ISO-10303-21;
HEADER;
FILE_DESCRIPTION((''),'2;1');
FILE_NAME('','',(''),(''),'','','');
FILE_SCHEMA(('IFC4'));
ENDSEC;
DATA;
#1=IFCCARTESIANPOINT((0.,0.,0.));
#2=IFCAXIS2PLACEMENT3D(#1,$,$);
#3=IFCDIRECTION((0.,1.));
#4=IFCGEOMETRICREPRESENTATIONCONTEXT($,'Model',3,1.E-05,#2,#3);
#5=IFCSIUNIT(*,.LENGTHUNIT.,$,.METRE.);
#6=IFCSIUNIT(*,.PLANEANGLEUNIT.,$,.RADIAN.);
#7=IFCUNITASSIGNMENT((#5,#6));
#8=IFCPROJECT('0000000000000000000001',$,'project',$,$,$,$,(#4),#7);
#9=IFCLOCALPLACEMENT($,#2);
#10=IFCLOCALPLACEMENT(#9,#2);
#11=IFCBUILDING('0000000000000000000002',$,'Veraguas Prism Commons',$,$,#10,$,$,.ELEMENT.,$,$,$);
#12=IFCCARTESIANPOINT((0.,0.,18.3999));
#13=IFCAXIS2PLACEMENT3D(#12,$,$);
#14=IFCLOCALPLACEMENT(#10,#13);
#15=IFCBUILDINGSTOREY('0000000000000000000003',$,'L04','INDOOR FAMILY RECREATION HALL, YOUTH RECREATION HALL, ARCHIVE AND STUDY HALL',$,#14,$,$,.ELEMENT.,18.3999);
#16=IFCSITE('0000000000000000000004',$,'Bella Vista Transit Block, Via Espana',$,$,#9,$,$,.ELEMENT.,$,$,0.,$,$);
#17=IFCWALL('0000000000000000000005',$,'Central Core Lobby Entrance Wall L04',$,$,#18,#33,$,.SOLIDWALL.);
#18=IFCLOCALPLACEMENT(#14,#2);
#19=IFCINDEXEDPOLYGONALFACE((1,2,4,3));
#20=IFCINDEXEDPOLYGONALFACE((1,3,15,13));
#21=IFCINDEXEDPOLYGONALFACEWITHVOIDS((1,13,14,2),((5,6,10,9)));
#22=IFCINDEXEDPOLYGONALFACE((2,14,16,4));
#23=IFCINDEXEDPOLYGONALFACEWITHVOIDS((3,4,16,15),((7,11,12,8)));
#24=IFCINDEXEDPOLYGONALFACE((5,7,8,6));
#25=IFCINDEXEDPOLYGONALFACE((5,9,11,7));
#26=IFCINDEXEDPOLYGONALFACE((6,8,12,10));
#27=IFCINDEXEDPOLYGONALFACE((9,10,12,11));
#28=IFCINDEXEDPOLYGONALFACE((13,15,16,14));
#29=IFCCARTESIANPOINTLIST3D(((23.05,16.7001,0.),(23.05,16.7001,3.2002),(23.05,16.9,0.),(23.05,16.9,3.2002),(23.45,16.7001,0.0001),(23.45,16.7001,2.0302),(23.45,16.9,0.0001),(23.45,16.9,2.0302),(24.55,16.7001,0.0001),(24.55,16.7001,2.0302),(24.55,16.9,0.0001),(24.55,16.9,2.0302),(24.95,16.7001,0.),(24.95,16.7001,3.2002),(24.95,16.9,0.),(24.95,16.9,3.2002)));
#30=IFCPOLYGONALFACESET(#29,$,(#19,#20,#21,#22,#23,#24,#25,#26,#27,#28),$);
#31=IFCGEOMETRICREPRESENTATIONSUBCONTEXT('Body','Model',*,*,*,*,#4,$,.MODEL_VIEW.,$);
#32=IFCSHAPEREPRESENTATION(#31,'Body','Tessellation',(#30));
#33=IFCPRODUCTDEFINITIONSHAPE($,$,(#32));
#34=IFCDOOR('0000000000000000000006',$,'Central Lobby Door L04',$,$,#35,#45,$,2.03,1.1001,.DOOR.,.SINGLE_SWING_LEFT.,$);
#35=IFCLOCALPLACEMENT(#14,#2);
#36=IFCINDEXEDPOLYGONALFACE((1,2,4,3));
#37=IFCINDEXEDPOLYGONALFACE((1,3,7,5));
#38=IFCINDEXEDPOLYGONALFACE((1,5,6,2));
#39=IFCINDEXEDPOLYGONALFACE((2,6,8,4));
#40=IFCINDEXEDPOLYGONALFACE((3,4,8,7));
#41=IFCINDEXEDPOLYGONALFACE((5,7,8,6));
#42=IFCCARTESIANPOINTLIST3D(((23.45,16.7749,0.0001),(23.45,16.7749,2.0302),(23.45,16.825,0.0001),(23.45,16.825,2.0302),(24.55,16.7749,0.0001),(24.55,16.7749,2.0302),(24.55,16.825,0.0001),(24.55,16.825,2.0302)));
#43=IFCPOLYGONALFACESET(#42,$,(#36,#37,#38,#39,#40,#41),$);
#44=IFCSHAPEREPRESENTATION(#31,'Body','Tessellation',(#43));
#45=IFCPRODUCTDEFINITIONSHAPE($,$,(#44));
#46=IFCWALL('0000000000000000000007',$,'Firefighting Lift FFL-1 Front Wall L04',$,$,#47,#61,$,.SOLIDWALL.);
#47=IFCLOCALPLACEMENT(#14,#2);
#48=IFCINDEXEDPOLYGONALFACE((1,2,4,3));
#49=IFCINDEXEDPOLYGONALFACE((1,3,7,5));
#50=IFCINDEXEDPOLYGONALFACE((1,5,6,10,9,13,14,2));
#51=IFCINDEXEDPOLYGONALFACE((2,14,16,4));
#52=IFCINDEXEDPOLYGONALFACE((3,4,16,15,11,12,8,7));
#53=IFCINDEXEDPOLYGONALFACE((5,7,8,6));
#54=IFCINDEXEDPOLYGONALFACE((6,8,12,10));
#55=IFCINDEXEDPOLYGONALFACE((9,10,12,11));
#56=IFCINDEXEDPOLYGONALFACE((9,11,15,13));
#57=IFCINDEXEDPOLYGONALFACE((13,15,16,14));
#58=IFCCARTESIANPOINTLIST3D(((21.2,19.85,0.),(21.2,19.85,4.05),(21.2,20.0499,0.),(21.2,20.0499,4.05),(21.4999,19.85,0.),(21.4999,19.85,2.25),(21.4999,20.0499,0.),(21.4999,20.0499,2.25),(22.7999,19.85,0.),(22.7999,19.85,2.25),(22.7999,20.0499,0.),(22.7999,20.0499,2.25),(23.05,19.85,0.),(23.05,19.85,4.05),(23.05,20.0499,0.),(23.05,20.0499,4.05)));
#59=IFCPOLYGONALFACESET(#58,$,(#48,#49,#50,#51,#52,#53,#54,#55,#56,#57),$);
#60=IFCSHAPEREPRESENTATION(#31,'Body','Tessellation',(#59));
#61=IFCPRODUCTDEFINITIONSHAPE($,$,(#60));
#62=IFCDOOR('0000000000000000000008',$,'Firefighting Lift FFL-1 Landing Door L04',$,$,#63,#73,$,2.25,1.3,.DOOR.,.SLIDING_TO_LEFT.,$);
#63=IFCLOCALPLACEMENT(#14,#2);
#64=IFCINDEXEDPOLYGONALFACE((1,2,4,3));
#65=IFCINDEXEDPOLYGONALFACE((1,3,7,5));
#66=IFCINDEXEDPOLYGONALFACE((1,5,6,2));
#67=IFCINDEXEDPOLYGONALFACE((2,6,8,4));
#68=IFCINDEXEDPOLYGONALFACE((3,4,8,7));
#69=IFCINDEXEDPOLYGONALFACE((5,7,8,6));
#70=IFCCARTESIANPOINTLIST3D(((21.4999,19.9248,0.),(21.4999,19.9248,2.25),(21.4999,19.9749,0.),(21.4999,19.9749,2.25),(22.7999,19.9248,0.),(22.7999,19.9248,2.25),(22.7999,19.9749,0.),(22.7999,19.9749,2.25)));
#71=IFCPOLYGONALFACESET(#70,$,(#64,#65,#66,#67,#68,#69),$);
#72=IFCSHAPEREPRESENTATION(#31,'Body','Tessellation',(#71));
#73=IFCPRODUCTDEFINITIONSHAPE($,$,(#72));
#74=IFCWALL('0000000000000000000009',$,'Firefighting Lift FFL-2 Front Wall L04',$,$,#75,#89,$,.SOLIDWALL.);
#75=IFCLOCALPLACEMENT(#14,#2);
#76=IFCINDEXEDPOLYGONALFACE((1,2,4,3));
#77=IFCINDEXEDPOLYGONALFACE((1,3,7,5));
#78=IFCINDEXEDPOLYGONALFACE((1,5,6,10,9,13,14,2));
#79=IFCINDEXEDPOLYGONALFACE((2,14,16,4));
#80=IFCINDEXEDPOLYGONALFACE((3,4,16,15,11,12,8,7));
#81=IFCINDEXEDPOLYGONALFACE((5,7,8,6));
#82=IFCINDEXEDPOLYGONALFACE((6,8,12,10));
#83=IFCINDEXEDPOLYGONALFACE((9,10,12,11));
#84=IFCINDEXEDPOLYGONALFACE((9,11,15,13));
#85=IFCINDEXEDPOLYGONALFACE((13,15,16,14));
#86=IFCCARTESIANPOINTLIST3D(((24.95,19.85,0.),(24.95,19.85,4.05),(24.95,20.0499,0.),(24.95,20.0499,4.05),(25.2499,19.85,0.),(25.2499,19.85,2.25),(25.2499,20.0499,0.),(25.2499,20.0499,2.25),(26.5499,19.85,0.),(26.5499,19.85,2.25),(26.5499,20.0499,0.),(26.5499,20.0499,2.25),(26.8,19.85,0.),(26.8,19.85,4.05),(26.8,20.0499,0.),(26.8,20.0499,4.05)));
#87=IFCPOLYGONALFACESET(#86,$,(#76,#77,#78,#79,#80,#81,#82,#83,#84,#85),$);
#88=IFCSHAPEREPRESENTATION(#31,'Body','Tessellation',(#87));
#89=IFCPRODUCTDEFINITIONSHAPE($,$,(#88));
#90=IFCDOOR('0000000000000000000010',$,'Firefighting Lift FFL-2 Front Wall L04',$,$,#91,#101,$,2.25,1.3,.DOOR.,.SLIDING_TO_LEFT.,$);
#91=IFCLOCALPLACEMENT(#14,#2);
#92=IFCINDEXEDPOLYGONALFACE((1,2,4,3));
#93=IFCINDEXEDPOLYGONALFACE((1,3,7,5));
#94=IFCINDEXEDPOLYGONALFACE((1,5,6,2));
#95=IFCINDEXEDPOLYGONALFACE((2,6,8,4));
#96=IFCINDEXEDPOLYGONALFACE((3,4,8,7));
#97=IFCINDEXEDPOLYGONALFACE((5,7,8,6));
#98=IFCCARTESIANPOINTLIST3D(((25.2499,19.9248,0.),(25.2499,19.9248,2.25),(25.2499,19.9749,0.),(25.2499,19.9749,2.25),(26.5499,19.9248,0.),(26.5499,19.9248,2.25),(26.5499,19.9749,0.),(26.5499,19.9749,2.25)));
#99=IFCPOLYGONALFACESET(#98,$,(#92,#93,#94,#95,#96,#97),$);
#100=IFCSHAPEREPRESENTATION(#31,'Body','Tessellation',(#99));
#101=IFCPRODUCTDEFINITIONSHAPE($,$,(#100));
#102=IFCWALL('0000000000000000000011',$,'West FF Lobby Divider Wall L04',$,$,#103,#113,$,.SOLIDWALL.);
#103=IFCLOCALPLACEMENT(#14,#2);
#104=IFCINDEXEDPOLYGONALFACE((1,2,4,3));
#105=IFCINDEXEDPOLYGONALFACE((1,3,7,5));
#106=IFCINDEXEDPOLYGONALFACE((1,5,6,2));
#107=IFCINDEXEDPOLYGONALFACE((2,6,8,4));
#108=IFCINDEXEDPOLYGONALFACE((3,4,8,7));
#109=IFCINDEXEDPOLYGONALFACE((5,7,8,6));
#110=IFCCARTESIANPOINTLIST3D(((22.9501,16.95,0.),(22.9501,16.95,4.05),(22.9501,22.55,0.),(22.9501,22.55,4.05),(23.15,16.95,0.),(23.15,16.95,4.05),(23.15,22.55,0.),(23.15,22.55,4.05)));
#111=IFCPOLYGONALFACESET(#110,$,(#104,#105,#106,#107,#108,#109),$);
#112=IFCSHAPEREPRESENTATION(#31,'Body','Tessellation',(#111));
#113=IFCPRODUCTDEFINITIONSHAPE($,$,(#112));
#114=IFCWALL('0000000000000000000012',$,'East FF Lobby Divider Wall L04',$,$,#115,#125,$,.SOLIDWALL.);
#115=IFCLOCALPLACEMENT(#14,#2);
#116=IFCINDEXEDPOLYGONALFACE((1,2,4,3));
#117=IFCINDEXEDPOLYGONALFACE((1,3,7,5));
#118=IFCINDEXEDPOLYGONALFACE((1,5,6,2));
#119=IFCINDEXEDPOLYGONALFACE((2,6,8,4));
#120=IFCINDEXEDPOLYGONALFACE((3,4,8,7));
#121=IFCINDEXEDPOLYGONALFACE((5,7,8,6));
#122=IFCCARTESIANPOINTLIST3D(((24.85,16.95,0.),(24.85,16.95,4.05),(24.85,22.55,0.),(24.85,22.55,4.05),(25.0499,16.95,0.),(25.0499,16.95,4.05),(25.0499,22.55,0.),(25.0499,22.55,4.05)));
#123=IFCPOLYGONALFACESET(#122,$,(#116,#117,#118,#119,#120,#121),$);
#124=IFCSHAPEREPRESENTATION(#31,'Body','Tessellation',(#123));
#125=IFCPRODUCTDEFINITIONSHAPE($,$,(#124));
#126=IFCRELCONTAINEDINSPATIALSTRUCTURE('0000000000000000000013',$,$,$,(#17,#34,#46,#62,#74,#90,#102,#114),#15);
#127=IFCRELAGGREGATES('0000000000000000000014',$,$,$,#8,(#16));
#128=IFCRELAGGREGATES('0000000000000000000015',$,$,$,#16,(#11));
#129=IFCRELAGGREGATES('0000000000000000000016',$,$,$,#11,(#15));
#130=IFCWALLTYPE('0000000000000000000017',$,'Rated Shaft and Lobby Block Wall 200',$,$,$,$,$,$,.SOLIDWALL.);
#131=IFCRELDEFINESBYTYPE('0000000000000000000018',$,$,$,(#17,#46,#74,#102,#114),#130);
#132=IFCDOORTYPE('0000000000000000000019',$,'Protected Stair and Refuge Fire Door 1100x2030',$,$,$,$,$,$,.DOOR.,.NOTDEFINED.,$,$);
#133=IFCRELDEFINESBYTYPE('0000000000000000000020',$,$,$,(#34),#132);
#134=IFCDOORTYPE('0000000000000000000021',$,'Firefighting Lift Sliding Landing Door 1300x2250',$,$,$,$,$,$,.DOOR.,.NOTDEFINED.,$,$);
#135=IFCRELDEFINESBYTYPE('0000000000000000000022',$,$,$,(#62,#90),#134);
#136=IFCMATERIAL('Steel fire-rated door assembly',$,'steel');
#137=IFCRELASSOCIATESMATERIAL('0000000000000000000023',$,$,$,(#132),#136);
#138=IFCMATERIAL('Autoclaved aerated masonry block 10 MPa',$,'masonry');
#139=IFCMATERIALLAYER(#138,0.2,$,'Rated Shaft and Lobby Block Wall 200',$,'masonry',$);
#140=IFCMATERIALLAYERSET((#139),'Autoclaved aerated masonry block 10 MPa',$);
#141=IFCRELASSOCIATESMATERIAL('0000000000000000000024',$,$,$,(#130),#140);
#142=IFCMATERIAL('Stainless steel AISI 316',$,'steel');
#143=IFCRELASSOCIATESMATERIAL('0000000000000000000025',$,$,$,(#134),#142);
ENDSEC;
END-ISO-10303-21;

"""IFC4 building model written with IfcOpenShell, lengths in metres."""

from ifc_helpers import new_model, si_unit, direction, frame, frame_2d, origin, place, context, subcontext, project, spatial, rectangle, extrude, source, transform, mapped, material, layer, layer_set, type_object, element, fill, save


model = new_model("IFC4")

# Units and contexts
model_context = context("Model", 3, precision=1e-05, world=origin(), true_north=direction((0.0, 1.0)))
body_context = subcontext(model_context, "Body", "Model", "MODEL_VIEW")
ifc_project = project(units=[si_unit("LENGTHUNIT", "METRE"), si_unit("PLANEANGLEUNIT", "RADIAN")], contexts=[model_context])

# Site, building, storey
site_placement = place(None, origin())
site = spatial("IfcSite", under=ifc_project, at=site_placement, Name="Bella Vista Transit Block, Via Espana", CompositionType="ELEMENT", RefElevation=0.0)
building_placement = place(site_placement, origin())
building = spatial("IfcBuilding", under=site, at=building_placement, Name="Veraguas Prism Commons", CompositionType="ELEMENT")
storey_placement = place(building_placement, frame((0.0, 0.0, 18.3999)))
storey = spatial("IfcBuildingStorey", under=building, at=storey_placement, Name="L04", Description="INDOOR FAMILY RECREATION HALL, YOUTH RECREATION HALL, ARCHIVE AND STUDY HALL", CompositionType="ELEMENT", Elevation=18.3999)

# Shared definitions
ifc_material_1 = material(Name="Steel fire-rated door assembly", Category="steel")
door_type_1 = type_object("IfcDoorType", Name="Protected Stair and Refuge Fire Door 1100x2030", OperationType="NOTDEFINED", PredefinedType="DOOR", material=ifc_material_1)
shared_shape_1 = source(origin(), body_context, "Body", "SweptSolid", [
    extrude(rectangle(XDim=1.1001, YDim=2.03, at=frame_2d((0.55, 1.0151))), frame((0.0, 0.0249, 0.0), z_axis=(0.0, -1.0, 0.0), x_axis=(1.0, 0.0, 0.0)), (0.0, 0.0, 1.0), 0.05),
])

# Walls, openings, doors
ifc_material_2 = material(Name="Autoclaved aerated masonry block 10 MPa", Category="masonry")
ifc_layer_1 = layer(ifc_material_2, 0.2, Name="Rated Shaft and Lobby Block Wall 200", Category="masonry")
ifc_layer_set_1 = layer_set([ifc_layer_1], Name="Autoclaved aerated masonry block 10 MPa")
wall_type_1 = type_object("IfcWallType", Name="Rated Shaft and Lobby Block Wall 200", PredefinedType="SOLIDWALL", material=ifc_layer_set_1)
wall_1_placement = place(storey_placement, frame((23.05, 16.8, 0.0), z_axis=(0.0, 0.0, 1.0), x_axis=(1.0, 0.0, 0.0)))
wall_1 = element("IfcWall", 1, at=wall_1_placement, inside=storey, type_object=wall_type_1, Name="Central Core Lobby Entrance Wall L04", PredefinedType="SOLIDWALL", context=body_context, shape_type="SweptSolid", body=[
    extrude(rectangle(XDim=1.8999, YDim=0.2, at=frame_2d((0.95, 0.0))), origin(), (0.0, 0.0, 1.0), 3.2002),
])
opening_1_placement = place(wall_1_placement, frame((0.3999, 0.0, 0.0)))
opening_1 = element("IfcOpeningElement", 2, at=opening_1_placement, cuts=wall_1, PredefinedType="OPENING", context=body_context, shape_type="SweptSolid", body=[
    extrude(rectangle(XDim=1.1001, YDim=2.03, at=frame_2d((0.55, 1.0151))), frame((0.0, 0.1099, 0.0), z_axis=(0.0, -1.0, 0.0), x_axis=(1.0, 0.0, 0.0)), (0.0, 0.0, 1.0), 0.22),
])
door_1_placement = place(opening_1_placement, origin())
door_1 = element("IfcDoor", 3, at=door_1_placement, inside=storey, type_object=door_type_1, Name="Central Lobby Door L04", OperationType="SINGLE_SWING_LEFT", OverallHeight=2.03, OverallWidth=1.1001, PredefinedType="DOOR", context=body_context, shape_type="MappedRepresentation", body=[
    mapped(shared_shape_1, transform((0.0, 0.0, 0.0), scale=1.0)),
])
fill(opening_1, door_1)
wall_2_placement = place(storey_placement, frame((21.2, 19.95, 0.0), z_axis=(0.0, 0.0, 1.0), x_axis=(1.0, 0.0, 0.0)))
wall_2 = element("IfcWall", 4, at=wall_2_placement, inside=storey, type_object=wall_type_1, Name="Firefighting Lift FFL-1 Front Wall L04", PredefinedType="SOLIDWALL", context=body_context, shape_type="SweptSolid", body=[
    extrude(rectangle(XDim=1.8501, YDim=0.2, at=frame_2d((0.925, 0.0))), origin(), (0.0, 0.0, 1.0), 4.05),
])
opening_2_placement = place(wall_2_placement, frame((0.3, 0.0, 0.0)))
opening_2 = element("IfcOpeningElement", 5, at=opening_2_placement, cuts=wall_2, PredefinedType="OPENING", context=body_context, shape_type="SweptSolid", body=[
    extrude(rectangle(XDim=1.3, YDim=2.25, at=frame_2d((0.6499, 1.125))), frame((0.0, 0.1099, 0.0), z_axis=(0.0, -1.0, 0.0), x_axis=(1.0, 0.0, 0.0)), (0.0, 0.0, 1.0), 0.22),
])
ifc_material_3 = material(Name="Stainless steel AISI 316", Category="steel")
door_type_2 = type_object("IfcDoorType", Name="Firefighting Lift Sliding Landing Door 1300x2250", OperationType="NOTDEFINED", PredefinedType="DOOR", material=ifc_material_3)
shared_shape_2 = source(origin(), body_context, "Body", "SweptSolid", [
    extrude(rectangle(XDim=1.3, YDim=2.25, at=frame_2d((0.6499, 1.125))), frame((0.0, 0.0249, 0.0), z_axis=(0.0, -1.0, 0.0), x_axis=(1.0, 0.0, 0.0)), (0.0, 0.0, 1.0), 0.05),
])
door_2_placement = place(opening_2_placement, origin())
door_2 = element("IfcDoor", 6, at=door_2_placement, inside=storey, type_object=door_type_2, Name="Firefighting Lift FFL-1 Landing Door L04", OperationType="SLIDING_TO_LEFT", OverallHeight=2.25, OverallWidth=1.3, PredefinedType="DOOR", context=body_context, shape_type="MappedRepresentation", body=[
    mapped(shared_shape_2, transform((0.0, 0.0, 0.0), scale=1.0)),
])
fill(opening_2, door_2)
wall_3_placement = place(storey_placement, frame((24.95, 19.95, 0.0), z_axis=(0.0, 0.0, 1.0), x_axis=(1.0, 0.0, 0.0)))
wall_3 = element("IfcWall", 7, at=wall_3_placement, inside=storey, type_object=wall_type_1, Name="Firefighting Lift FFL-2 Front Wall L04", PredefinedType="SOLIDWALL", context=body_context, shape_type="SweptSolid", body=[
    extrude(rectangle(XDim=1.8501, YDim=0.2, at=frame_2d((0.925, 0.0))), origin(), (0.0, 0.0, 1.0), 4.05),
])
opening_3_placement = place(wall_3_placement, frame((0.3, 0.0, 0.0)))
opening_3 = element("IfcOpeningElement", 8, at=opening_3_placement, cuts=wall_3, PredefinedType="OPENING", context=body_context, shape_type="SweptSolid", body=[
    extrude(rectangle(XDim=1.3, YDim=2.25, at=frame_2d((0.6499, 1.125))), frame((0.0, 0.1099, 0.0), z_axis=(0.0, -1.0, 0.0), x_axis=(1.0, 0.0, 0.0)), (0.0, 0.0, 1.0), 0.22),
])
door_3_placement = place(opening_3_placement, origin())
door_3 = element("IfcDoor", 9, at=door_3_placement, inside=storey, type_object=door_type_2, Name="Firefighting Lift FFL-2 Front Wall L04", OperationType="SLIDING_TO_LEFT", OverallHeight=2.25, OverallWidth=1.3, PredefinedType="DOOR", context=body_context, shape_type="MappedRepresentation", body=[
    mapped(shared_shape_2, transform((0.0, 0.0, 0.0), scale=1.0)),
])
fill(opening_3, door_3)

# Walls
for number, where, z_axis, x_axis, name in (
    (10, (23.05, 16.95, 0.0), (0.0, 0.0, 1.0), (0.0, 1.0, 0.0), "West FF Lobby Divider Wall L04"),
    (11, (24.95, 16.95, 0.0), (0.0, 0.0, 1.0), (0.0, 1.0, 0.0), "East FF Lobby Divider Wall L04"),
):
    element("IfcWall", number, at=place(storey_placement, frame(where, z_axis=z_axis, x_axis=x_axis)), inside=storey, type_object=wall_type_1, Name=name, PredefinedType="SOLIDWALL", context=body_context, shape_type="SweptSolid", body=[
        extrude(rectangle(XDim=5.6001, YDim=0.2, at=frame_2d((2.8, 0.0))), origin(), (0.0, 0.0, 1.0), 4.05),
    ])

save(model, "model.ifc")
